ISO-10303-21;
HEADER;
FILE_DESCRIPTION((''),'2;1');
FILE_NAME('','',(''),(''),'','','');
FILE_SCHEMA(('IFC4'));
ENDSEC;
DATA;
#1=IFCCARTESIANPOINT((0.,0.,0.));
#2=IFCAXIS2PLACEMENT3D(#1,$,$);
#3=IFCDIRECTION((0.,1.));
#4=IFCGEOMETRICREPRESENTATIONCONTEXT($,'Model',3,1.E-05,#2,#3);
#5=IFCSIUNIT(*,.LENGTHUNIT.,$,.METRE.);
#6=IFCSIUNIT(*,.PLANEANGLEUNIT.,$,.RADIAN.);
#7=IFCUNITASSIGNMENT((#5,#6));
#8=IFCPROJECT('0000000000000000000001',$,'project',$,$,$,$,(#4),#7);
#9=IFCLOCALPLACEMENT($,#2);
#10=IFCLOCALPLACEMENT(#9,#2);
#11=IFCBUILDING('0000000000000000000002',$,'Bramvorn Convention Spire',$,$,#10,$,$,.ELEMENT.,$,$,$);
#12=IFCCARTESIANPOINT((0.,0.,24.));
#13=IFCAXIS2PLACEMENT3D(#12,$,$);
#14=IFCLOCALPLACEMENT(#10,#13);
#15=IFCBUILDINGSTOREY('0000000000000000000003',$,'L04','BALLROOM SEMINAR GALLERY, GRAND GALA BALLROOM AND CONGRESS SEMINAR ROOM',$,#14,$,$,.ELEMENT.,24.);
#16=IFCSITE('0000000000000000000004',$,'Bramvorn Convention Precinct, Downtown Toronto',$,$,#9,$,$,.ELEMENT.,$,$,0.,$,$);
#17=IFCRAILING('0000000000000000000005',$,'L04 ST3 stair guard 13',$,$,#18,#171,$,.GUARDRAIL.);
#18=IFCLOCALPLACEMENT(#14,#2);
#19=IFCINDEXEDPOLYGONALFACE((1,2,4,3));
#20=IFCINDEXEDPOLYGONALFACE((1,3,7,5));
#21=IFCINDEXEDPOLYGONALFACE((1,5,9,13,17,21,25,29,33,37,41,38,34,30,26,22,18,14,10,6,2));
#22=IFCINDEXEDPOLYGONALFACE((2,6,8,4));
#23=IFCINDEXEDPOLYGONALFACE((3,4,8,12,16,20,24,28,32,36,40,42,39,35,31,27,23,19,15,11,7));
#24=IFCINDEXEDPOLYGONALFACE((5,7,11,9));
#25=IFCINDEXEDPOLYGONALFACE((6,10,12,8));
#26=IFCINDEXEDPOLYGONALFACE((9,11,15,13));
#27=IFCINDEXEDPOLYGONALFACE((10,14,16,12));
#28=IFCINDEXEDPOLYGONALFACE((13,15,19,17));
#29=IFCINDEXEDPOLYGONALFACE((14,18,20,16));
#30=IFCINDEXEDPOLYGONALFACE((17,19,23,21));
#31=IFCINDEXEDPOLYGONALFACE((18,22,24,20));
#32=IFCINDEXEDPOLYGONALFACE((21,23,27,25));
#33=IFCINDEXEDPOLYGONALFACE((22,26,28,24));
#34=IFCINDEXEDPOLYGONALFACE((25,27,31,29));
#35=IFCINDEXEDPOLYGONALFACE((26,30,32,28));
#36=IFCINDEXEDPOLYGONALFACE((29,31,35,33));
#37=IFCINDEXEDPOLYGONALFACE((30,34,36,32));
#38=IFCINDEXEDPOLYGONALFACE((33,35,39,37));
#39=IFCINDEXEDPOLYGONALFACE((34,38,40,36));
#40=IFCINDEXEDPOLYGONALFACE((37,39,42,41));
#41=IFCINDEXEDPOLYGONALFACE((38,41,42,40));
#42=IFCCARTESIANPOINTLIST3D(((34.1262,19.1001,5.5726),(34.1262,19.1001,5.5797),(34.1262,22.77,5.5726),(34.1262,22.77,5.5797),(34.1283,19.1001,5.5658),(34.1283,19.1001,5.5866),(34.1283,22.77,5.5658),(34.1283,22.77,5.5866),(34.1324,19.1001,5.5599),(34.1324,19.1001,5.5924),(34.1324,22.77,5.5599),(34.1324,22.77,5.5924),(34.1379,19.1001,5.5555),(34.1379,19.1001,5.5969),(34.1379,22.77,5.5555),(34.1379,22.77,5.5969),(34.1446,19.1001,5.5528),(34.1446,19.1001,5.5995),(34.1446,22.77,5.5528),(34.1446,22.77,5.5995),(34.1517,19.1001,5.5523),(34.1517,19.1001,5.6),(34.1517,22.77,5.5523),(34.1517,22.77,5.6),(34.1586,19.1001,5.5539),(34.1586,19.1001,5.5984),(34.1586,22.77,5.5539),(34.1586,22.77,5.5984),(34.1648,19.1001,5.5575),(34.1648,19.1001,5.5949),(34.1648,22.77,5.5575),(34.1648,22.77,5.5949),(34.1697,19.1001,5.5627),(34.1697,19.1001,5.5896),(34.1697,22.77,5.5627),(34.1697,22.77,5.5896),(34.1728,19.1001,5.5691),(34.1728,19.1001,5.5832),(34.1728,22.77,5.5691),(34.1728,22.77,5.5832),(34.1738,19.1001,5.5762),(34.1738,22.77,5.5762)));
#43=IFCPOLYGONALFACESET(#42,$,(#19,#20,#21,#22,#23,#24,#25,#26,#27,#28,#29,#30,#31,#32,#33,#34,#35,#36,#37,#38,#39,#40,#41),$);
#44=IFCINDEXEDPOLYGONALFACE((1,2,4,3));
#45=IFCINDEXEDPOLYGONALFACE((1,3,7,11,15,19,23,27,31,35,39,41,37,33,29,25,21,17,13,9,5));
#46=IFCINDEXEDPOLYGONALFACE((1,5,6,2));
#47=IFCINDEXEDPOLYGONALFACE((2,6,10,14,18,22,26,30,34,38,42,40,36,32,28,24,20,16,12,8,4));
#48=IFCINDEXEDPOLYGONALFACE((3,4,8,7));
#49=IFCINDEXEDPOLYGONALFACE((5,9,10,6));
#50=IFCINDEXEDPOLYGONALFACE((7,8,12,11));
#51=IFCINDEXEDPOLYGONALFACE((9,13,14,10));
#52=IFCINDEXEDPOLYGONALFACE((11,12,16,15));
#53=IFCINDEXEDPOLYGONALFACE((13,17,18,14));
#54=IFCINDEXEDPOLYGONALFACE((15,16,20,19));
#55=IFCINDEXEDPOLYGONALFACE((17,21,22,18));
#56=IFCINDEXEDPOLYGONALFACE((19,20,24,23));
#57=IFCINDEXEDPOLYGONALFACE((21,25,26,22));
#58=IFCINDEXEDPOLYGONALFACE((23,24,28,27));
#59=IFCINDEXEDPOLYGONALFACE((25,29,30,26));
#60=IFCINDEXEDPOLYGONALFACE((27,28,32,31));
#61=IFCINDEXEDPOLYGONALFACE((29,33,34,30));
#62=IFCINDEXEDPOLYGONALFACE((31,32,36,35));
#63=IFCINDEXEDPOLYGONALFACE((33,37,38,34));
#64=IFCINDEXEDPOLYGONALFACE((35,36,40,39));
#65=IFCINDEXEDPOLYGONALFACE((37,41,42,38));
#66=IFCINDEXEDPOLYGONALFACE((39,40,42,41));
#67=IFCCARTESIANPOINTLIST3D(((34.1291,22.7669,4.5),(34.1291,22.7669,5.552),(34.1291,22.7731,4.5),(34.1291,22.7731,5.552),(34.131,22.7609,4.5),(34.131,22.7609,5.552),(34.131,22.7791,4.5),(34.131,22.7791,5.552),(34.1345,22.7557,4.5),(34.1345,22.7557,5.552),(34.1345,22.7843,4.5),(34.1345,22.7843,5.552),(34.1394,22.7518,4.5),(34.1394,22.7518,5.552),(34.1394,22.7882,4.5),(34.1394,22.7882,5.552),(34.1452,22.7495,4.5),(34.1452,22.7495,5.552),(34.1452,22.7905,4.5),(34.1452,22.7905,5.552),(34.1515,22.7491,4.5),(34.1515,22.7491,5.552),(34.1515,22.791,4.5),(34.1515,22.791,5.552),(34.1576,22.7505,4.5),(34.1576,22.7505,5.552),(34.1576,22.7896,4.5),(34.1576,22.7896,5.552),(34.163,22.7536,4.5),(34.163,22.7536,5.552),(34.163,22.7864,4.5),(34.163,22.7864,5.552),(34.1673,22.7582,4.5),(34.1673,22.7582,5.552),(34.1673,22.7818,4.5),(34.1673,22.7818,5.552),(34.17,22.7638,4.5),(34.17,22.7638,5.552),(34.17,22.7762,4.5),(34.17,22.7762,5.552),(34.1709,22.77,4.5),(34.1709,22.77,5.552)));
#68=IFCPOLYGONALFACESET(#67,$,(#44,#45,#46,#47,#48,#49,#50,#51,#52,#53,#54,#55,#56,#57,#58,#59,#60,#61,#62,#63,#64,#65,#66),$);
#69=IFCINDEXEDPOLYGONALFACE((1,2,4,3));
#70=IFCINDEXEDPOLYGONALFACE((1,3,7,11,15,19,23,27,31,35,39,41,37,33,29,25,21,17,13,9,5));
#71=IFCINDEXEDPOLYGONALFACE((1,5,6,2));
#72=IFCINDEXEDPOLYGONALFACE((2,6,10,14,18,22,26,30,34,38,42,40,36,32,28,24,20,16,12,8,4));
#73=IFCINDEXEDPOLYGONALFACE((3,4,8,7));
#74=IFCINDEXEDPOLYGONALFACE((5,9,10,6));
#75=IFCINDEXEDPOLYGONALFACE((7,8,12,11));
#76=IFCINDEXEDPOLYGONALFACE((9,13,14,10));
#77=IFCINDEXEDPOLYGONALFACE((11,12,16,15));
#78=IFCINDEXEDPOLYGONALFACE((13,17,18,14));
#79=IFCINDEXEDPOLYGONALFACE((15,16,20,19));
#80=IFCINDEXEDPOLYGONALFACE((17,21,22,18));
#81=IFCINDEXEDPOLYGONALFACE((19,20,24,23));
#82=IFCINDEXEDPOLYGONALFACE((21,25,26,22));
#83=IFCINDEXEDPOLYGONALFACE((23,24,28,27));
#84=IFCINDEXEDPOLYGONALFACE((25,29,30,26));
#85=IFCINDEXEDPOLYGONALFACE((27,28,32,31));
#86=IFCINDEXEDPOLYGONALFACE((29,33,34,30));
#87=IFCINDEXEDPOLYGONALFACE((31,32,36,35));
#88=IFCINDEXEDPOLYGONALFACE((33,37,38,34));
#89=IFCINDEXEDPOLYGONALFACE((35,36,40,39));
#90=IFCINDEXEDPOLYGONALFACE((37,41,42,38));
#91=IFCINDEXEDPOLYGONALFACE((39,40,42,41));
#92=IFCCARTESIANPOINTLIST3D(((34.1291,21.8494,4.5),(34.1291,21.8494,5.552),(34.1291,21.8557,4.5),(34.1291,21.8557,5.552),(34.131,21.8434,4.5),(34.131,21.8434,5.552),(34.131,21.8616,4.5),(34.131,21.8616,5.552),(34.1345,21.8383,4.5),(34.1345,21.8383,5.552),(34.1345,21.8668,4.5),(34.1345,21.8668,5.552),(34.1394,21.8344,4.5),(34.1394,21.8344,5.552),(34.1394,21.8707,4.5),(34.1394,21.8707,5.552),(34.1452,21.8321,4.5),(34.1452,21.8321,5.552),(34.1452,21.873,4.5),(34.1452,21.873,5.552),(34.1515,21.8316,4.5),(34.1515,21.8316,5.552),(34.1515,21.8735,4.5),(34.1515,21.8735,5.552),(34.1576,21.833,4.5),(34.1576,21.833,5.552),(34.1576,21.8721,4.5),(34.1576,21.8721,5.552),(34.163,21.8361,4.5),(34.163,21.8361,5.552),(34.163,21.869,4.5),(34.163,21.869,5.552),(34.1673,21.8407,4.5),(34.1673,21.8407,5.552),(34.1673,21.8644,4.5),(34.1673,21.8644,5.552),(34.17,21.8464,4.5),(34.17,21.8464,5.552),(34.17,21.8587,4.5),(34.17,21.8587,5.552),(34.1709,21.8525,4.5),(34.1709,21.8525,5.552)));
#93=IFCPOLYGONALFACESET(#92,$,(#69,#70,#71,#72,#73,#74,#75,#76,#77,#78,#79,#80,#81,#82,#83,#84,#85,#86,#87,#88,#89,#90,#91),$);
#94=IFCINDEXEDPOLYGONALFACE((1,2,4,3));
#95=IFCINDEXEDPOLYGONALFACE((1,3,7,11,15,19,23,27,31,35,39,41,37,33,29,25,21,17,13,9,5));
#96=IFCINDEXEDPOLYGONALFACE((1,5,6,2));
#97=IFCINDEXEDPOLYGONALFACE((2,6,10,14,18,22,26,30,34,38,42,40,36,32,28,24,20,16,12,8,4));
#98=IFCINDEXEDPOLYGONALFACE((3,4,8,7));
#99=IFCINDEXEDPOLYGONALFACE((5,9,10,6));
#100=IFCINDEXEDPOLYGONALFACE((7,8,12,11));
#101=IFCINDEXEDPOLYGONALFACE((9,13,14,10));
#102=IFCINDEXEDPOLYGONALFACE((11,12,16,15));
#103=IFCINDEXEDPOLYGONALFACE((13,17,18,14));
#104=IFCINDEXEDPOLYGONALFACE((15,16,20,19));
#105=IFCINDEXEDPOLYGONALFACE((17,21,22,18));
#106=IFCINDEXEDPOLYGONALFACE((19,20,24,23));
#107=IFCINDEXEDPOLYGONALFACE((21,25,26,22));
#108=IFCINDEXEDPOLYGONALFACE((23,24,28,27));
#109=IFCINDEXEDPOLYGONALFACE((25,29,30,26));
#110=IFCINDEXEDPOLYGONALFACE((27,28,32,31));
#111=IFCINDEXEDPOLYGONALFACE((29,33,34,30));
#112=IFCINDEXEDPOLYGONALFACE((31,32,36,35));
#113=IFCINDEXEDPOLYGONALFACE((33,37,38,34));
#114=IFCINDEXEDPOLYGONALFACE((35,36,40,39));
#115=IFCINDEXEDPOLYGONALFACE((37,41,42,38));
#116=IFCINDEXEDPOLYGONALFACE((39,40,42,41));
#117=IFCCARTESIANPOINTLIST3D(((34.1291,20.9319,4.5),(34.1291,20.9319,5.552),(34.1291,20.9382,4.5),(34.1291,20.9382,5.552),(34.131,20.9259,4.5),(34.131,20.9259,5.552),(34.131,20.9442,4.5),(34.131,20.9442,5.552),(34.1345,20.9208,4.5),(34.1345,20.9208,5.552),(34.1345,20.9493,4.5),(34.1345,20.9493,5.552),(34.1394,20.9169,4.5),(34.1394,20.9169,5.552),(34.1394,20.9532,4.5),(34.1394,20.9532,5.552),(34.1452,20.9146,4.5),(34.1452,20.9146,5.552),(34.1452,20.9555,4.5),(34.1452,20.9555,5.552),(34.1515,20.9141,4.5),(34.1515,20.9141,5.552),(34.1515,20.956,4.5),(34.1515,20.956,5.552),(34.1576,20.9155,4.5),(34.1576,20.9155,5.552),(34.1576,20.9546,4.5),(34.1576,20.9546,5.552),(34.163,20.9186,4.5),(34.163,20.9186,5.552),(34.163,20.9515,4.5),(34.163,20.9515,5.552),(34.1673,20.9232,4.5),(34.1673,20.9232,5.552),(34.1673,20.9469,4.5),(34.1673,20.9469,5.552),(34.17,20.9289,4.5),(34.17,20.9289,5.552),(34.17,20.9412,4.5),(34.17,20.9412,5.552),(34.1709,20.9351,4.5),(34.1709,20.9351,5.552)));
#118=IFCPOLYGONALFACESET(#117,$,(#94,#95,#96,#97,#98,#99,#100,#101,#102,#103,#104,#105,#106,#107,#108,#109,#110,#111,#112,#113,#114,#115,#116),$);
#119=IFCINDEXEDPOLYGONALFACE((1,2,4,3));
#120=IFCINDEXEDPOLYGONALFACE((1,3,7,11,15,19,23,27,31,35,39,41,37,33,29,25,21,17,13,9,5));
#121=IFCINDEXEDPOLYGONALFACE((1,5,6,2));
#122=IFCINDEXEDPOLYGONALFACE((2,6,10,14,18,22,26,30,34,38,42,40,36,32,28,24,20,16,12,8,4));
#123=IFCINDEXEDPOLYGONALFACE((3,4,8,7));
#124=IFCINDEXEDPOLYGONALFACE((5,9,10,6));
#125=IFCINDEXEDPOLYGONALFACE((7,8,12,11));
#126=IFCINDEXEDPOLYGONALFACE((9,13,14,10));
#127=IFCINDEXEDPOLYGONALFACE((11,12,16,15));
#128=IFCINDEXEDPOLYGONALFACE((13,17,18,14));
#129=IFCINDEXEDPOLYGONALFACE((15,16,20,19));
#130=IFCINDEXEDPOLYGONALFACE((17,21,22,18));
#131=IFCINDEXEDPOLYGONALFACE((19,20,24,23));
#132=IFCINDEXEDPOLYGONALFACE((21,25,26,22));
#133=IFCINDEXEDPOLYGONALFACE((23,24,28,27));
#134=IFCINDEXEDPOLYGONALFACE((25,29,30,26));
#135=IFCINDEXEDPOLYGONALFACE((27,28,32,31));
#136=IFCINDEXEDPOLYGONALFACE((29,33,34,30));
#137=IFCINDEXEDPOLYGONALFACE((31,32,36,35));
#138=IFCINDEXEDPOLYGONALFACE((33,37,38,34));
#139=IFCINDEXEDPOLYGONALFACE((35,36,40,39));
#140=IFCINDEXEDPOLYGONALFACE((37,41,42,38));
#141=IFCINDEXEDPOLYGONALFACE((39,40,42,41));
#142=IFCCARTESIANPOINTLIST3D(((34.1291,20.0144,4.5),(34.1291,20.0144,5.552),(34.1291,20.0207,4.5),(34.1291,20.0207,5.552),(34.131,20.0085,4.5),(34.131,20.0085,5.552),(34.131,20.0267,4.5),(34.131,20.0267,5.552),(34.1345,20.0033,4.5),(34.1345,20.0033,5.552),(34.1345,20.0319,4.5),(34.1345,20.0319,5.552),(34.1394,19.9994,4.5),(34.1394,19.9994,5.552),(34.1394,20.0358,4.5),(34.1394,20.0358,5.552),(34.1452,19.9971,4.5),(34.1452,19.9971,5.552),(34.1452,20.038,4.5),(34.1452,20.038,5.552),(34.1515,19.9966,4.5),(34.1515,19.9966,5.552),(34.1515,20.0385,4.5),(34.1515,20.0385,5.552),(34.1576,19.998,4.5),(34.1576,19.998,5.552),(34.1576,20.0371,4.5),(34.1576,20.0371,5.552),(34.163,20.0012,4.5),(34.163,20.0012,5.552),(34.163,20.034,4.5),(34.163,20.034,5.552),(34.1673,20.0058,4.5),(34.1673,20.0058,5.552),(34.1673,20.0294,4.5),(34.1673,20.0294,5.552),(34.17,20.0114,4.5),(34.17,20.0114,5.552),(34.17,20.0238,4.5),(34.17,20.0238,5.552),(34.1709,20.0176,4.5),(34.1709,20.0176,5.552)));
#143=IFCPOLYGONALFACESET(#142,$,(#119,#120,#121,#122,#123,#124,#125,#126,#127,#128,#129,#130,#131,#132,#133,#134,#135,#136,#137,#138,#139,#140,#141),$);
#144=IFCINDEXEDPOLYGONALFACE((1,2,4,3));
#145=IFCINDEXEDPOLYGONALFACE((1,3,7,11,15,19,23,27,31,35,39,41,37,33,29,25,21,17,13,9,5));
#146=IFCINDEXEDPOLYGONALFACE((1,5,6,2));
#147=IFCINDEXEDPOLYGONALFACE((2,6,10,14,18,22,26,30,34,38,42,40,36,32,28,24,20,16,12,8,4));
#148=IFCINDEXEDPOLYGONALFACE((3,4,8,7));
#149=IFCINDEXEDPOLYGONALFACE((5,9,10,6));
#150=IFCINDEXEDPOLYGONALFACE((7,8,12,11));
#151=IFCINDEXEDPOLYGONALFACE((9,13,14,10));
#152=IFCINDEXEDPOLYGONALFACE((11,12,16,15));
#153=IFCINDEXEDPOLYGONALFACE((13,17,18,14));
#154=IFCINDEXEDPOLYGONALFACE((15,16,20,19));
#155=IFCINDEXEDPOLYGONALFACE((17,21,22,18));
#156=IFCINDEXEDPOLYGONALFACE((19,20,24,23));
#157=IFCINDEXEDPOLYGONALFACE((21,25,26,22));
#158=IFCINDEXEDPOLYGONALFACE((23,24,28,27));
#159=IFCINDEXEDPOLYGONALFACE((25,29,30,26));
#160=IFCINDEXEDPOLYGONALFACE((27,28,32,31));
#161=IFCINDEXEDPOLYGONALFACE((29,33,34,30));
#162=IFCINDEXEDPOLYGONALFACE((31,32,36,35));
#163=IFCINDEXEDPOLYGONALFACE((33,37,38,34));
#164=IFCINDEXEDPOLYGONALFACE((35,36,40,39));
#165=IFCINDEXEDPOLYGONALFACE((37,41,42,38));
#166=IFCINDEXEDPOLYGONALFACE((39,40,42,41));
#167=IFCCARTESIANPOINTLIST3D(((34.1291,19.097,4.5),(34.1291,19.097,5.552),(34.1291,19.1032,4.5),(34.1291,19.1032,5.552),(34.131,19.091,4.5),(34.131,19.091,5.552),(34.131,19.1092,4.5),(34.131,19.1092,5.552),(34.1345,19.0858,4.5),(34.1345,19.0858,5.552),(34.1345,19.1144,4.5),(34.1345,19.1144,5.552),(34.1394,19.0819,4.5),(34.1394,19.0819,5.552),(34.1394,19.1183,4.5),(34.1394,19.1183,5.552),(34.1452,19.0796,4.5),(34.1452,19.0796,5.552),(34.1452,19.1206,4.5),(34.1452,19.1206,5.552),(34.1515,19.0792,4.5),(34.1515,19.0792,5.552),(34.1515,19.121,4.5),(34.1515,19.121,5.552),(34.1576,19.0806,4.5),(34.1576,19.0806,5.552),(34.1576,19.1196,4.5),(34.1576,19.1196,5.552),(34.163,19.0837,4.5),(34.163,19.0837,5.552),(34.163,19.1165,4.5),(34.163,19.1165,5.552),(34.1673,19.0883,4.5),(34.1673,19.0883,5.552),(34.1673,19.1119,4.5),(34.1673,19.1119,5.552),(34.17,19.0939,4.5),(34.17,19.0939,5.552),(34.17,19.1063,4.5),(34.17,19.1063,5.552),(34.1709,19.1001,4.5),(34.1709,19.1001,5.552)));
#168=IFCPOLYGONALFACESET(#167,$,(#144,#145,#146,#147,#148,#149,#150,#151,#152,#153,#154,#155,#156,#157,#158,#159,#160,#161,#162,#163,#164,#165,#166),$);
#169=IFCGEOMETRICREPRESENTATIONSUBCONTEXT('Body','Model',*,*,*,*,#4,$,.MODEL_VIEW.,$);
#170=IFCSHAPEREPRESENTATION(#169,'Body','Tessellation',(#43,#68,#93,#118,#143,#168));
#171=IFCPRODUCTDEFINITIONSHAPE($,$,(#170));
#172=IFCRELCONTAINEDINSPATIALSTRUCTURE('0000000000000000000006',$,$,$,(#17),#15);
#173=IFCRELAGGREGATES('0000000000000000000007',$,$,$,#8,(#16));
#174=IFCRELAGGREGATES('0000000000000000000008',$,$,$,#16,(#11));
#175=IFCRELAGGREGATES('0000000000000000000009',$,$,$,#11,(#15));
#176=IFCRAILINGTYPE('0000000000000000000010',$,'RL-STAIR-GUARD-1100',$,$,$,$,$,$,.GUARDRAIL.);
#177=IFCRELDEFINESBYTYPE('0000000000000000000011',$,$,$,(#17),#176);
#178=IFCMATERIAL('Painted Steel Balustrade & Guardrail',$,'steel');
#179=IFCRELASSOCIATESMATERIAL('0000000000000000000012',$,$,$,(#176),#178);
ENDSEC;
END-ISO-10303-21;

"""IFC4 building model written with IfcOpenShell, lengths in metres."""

from ifc_helpers import new_model, si_unit, direction, frame, origin, origin_2d, place, context, subcontext, project, spatial, circle, extrude, material, type_object, element, save


model = new_model("IFC4")

# Units and contexts
model_context = context("Model", 3, precision=1e-05, world=origin(), true_north=direction((0.0, 1.0)))
body_context = subcontext(model_context, "Body", "Model", "MODEL_VIEW")
ifc_project = project(units=[si_unit("LENGTHUNIT", "METRE"), si_unit("PLANEANGLEUNIT", "RADIAN")], contexts=[model_context])

# Site, building, storey
site_placement = place(None, origin())
site = spatial("IfcSite", under=ifc_project, at=site_placement, Name="Bramvorn Convention Precinct, Downtown Toronto", CompositionType="ELEMENT", RefElevation=0.0)
building_placement = place(site_placement, origin())
building = spatial("IfcBuilding", under=site, at=building_placement, Name="Bramvorn Convention Spire", CompositionType="ELEMENT")
storey_placement = place(building_placement, frame((0.0, 0.0, 24.0)))
storey = spatial("IfcBuildingStorey", under=building, at=storey_placement, Name="L04", Description="BALLROOM SEMINAR GALLERY, GRAND GALA BALLROOM AND CONGRESS SEMINAR ROOM", CompositionType="ELEMENT", Elevation=24.0)

# Railing
ifc_material_1 = material(Name="Painted Steel Balustrade & Guardrail", Category="steel")
railing_type_1 = type_object("IfcRailingType", Name="RL-STAIR-GUARD-1100", PredefinedType="GUARDRAIL", material=ifc_material_1)
railing_1_placement = place(storey_placement, frame((34.1499, 22.77, 4.5)))
element("IfcRailing", 1, at=railing_1_placement, inside=storey, type_object=railing_type_1, Name="L04 ST3 stair guard 13", PredefinedType="GUARDRAIL", context=body_context, shape_type="SweptSolid", body=[
    extrude(circle(Radius=0.0239, at=origin_2d()), frame((0.0, 0.0, 1.0762), z_axis=(0.0, -1.0, 0.0), x_axis=(1.0, 0.0, 0.0)), (0.0, 0.0, 1.0), 3.6699),
    extrude(circle(Radius=0.021, at=origin_2d()), origin(), (0.0, 0.0, 1.0), 1.052),
    extrude(circle(Radius=0.021, at=origin_2d()), frame((0.0, -0.9175, 0.0)), (0.0, 0.0, 1.0), 1.052),
    extrude(circle(Radius=0.021, at=origin_2d()), frame((0.0, -1.835, 0.0)), (0.0, 0.0, 1.0), 1.052),
    extrude(circle(Radius=0.021, at=origin_2d()), frame((0.0, -2.7524, 0.0)), (0.0, 0.0, 1.0), 1.052),
    extrude(circle(Radius=0.021, at=origin_2d()), frame((0.0, -3.6699, 0.0)), (0.0, 0.0, 1.0), 1.052),
])

save(model, "model.ifc")
